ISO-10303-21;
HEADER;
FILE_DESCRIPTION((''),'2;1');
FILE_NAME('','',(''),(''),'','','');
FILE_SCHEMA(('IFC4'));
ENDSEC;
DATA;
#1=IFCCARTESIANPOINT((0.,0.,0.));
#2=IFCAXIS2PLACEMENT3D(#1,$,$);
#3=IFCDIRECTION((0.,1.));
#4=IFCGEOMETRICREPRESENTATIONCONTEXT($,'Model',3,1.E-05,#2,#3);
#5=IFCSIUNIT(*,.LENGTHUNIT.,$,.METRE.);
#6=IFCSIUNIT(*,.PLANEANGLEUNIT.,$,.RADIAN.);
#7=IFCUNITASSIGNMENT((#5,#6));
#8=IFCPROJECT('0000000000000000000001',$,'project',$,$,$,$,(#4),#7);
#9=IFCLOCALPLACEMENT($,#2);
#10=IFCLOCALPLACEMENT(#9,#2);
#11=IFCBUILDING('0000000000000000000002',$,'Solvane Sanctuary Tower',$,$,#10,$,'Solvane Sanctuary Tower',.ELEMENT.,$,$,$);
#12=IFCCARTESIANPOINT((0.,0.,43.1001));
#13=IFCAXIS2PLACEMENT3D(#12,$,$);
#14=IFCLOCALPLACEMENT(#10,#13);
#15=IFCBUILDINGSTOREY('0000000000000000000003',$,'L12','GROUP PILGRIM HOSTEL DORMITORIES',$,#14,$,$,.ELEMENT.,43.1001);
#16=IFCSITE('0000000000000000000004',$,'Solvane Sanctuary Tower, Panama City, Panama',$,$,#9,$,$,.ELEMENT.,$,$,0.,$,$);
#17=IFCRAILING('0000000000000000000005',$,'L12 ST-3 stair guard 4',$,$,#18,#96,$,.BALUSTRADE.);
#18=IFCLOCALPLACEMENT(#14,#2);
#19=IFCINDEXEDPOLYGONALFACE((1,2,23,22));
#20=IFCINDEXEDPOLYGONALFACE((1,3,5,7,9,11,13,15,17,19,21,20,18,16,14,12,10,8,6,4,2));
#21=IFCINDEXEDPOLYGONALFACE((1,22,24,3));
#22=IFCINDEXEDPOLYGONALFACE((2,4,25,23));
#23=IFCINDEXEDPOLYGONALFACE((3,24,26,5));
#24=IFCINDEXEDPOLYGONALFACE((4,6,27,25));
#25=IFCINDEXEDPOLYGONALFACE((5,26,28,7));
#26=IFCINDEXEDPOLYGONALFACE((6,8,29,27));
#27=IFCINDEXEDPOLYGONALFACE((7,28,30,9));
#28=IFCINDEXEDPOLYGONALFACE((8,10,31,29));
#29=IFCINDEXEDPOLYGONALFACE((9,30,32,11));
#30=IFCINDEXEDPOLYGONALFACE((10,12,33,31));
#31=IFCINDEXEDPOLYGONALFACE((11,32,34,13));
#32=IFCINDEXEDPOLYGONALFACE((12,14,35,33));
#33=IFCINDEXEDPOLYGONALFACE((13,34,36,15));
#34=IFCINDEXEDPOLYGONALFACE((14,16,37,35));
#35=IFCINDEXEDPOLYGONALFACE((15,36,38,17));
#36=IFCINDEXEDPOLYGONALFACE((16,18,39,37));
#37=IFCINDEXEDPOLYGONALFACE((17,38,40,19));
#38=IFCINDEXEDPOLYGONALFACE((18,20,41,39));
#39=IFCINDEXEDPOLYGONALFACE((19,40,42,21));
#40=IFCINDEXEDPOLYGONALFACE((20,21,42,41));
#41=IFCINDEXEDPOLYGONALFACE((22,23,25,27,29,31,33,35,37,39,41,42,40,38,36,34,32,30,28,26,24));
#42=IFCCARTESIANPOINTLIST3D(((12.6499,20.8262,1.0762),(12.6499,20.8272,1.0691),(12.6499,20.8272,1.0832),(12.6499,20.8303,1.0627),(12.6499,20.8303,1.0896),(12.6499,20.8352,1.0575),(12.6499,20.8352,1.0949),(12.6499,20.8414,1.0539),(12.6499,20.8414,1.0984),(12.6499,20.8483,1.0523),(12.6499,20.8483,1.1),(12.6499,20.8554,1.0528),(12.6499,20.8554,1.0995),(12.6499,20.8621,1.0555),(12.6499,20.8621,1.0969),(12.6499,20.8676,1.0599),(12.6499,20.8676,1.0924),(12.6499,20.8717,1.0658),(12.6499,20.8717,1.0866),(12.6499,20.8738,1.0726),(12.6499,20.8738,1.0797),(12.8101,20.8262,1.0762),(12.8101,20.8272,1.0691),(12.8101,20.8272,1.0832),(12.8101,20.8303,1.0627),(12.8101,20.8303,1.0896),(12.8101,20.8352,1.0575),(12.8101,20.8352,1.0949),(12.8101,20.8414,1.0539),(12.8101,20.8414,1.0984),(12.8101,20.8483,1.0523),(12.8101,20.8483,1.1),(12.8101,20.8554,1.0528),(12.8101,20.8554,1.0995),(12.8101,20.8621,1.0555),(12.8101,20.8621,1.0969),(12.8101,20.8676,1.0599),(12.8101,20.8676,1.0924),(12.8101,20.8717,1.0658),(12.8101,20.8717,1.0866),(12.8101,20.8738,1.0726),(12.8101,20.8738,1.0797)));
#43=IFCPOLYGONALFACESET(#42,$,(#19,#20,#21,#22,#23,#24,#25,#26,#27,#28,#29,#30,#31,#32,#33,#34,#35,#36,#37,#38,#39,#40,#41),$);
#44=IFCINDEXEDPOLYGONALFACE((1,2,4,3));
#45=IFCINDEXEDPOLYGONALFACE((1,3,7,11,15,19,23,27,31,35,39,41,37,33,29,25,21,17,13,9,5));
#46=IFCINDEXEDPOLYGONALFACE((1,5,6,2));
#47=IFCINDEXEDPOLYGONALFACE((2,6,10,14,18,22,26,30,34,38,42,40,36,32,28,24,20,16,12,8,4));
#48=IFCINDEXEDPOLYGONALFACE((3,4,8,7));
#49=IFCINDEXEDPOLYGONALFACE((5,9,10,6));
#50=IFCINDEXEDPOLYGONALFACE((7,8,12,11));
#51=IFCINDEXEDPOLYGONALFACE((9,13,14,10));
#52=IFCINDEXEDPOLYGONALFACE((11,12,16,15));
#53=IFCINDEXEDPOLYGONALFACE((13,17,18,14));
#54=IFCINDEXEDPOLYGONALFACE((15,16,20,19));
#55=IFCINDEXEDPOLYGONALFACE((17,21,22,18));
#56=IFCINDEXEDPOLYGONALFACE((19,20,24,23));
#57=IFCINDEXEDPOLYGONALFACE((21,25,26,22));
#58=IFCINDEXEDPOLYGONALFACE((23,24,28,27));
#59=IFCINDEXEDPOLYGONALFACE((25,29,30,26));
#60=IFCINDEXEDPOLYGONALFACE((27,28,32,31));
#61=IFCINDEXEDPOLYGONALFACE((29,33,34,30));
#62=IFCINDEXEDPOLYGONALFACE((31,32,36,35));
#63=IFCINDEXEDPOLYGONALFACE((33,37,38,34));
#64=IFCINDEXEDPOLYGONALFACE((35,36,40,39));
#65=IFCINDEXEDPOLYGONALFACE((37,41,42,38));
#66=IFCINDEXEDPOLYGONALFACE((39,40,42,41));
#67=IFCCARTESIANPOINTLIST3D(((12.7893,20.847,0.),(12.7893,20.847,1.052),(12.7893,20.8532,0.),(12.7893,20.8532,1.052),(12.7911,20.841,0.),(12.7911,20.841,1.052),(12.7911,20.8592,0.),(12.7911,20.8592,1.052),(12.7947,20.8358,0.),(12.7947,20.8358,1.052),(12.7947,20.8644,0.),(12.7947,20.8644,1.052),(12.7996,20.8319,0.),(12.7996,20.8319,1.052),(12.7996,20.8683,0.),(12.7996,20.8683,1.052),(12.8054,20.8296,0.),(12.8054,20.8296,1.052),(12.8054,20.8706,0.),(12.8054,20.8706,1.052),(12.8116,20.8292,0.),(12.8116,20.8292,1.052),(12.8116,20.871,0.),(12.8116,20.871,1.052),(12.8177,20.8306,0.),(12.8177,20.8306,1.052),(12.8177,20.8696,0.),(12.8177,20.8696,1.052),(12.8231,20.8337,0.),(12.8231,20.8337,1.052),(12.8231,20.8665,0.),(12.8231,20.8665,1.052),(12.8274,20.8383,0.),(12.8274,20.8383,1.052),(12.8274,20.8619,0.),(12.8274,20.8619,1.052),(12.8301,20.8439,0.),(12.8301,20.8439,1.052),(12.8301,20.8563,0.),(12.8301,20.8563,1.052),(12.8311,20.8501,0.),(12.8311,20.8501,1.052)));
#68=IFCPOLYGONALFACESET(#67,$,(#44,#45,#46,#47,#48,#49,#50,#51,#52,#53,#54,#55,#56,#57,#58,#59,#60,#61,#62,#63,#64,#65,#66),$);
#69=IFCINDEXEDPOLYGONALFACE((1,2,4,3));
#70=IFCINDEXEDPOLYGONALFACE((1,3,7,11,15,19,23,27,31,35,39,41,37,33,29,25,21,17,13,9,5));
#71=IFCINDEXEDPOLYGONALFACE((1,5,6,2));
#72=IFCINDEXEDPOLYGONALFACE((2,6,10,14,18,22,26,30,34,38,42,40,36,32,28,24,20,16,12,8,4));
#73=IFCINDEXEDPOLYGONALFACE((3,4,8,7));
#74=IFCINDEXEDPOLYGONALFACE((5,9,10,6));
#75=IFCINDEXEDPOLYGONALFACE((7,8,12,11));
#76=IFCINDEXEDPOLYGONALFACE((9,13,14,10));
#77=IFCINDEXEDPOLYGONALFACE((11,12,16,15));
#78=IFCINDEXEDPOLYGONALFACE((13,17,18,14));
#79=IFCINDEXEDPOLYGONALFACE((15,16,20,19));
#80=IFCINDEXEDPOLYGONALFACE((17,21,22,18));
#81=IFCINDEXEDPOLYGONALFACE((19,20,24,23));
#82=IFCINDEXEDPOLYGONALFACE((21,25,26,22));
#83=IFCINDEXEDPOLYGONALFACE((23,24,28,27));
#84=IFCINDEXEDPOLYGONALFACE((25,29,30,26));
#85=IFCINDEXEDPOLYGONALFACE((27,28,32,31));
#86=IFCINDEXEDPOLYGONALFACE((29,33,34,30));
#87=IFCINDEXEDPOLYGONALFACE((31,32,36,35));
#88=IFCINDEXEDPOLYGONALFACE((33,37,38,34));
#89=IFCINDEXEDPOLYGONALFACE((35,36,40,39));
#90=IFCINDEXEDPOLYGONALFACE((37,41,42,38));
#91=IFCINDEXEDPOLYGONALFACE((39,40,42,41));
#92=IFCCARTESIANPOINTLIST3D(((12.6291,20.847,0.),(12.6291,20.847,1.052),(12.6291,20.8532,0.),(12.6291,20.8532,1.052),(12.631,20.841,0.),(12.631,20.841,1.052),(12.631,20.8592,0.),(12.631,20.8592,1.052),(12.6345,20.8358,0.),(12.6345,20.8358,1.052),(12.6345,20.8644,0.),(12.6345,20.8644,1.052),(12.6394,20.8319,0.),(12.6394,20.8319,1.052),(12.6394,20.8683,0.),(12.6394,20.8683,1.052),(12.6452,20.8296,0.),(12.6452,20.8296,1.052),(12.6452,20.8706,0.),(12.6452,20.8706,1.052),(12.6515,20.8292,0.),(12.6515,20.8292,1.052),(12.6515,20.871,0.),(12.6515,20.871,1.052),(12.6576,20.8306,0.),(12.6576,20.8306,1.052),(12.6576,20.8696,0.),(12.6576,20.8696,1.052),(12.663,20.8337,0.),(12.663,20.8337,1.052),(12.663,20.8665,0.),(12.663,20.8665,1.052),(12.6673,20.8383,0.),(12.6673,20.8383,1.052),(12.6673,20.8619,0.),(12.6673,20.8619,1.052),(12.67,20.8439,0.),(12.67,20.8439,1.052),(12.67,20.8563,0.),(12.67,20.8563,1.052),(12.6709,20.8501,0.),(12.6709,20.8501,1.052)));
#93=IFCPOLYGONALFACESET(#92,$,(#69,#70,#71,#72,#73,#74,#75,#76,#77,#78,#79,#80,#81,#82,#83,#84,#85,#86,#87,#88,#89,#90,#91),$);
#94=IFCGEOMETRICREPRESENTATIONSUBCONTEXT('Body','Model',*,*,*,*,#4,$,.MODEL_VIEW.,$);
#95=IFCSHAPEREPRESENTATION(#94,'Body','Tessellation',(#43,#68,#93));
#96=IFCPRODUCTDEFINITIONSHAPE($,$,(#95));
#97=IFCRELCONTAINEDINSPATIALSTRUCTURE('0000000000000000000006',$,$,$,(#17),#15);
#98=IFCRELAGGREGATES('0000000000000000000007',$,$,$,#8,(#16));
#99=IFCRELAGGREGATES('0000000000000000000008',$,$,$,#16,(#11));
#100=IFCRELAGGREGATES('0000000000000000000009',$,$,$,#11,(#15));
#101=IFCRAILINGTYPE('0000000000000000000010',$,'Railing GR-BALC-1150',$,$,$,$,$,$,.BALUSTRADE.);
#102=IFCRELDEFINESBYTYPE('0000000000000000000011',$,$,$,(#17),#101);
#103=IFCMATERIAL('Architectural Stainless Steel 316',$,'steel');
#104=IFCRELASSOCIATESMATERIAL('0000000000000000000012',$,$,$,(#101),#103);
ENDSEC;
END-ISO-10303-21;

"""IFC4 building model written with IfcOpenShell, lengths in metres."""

from ifc_helpers import new_model, si_unit, direction, frame, origin, origin_2d, place, context, subcontext, project, spatial, circle, extrude, material, type_object, element, save


model = new_model("IFC4")

# Units and contexts
model_context = context("Model", 3, precision=1e-05, world=origin(), true_north=direction((0.0, 1.0)))
body_context = subcontext(model_context, "Body", "Model", "MODEL_VIEW")
ifc_project = project(units=[si_unit("LENGTHUNIT", "METRE"), si_unit("PLANEANGLEUNIT", "RADIAN")], contexts=[model_context])

# Site, building, storey
site_placement = place(None, origin())
site = spatial("IfcSite", under=ifc_project, at=site_placement, Name="Solvane Sanctuary Tower, Panama City, Panama", CompositionType="ELEMENT", RefElevation=0.0)
building_placement = place(site_placement, origin())
building = spatial("IfcBuilding", under=site, at=building_placement, Name="Solvane Sanctuary Tower", LongName="Solvane Sanctuary Tower", CompositionType="ELEMENT")
storey_placement = place(building_placement, frame((0.0, 0.0, 43.1001)))
storey = spatial("IfcBuildingStorey", under=building, at=storey_placement, Name="L12", Description="GROUP PILGRIM HOSTEL DORMITORIES", CompositionType="ELEMENT", Elevation=43.1001)

# Shared definitions
ifc_material_1 = material(Name="Architectural Stainless Steel 316", Category="steel")

# Railing
railing_type_1 = type_object("IfcRailingType", Name="Railing GR-BALC-1150", PredefinedType="BALUSTRADE", material=ifc_material_1)
railing_1_placement = place(storey_placement, frame((12.8101, 20.8501, 0.0)))
element("IfcRailing", 1, at=railing_1_placement, inside=storey, type_object=railing_type_1, Name="L12 ST-3 stair guard 4", PredefinedType="BALUSTRADE", context=body_context, shape_type="SweptSolid", body=[
    extrude(circle(Radius=0.0239, at=origin_2d()), frame((0.0, 0.0, 1.0762), z_axis=(-1.0, 0.0, 0.0), x_axis=(0.0, -1.0, 0.0)), (0.0, 0.0, 1.0), 0.1602),
    extrude(circle(Radius=0.021, at=origin_2d()), origin(), (0.0, 0.0, 1.0), 1.052),
    extrude(circle(Radius=0.021, at=origin_2d()), frame((-0.1602, 0.0, 0.0)), (0.0, 0.0, 1.0), 1.052),
])

save(model, "model.ifc")
